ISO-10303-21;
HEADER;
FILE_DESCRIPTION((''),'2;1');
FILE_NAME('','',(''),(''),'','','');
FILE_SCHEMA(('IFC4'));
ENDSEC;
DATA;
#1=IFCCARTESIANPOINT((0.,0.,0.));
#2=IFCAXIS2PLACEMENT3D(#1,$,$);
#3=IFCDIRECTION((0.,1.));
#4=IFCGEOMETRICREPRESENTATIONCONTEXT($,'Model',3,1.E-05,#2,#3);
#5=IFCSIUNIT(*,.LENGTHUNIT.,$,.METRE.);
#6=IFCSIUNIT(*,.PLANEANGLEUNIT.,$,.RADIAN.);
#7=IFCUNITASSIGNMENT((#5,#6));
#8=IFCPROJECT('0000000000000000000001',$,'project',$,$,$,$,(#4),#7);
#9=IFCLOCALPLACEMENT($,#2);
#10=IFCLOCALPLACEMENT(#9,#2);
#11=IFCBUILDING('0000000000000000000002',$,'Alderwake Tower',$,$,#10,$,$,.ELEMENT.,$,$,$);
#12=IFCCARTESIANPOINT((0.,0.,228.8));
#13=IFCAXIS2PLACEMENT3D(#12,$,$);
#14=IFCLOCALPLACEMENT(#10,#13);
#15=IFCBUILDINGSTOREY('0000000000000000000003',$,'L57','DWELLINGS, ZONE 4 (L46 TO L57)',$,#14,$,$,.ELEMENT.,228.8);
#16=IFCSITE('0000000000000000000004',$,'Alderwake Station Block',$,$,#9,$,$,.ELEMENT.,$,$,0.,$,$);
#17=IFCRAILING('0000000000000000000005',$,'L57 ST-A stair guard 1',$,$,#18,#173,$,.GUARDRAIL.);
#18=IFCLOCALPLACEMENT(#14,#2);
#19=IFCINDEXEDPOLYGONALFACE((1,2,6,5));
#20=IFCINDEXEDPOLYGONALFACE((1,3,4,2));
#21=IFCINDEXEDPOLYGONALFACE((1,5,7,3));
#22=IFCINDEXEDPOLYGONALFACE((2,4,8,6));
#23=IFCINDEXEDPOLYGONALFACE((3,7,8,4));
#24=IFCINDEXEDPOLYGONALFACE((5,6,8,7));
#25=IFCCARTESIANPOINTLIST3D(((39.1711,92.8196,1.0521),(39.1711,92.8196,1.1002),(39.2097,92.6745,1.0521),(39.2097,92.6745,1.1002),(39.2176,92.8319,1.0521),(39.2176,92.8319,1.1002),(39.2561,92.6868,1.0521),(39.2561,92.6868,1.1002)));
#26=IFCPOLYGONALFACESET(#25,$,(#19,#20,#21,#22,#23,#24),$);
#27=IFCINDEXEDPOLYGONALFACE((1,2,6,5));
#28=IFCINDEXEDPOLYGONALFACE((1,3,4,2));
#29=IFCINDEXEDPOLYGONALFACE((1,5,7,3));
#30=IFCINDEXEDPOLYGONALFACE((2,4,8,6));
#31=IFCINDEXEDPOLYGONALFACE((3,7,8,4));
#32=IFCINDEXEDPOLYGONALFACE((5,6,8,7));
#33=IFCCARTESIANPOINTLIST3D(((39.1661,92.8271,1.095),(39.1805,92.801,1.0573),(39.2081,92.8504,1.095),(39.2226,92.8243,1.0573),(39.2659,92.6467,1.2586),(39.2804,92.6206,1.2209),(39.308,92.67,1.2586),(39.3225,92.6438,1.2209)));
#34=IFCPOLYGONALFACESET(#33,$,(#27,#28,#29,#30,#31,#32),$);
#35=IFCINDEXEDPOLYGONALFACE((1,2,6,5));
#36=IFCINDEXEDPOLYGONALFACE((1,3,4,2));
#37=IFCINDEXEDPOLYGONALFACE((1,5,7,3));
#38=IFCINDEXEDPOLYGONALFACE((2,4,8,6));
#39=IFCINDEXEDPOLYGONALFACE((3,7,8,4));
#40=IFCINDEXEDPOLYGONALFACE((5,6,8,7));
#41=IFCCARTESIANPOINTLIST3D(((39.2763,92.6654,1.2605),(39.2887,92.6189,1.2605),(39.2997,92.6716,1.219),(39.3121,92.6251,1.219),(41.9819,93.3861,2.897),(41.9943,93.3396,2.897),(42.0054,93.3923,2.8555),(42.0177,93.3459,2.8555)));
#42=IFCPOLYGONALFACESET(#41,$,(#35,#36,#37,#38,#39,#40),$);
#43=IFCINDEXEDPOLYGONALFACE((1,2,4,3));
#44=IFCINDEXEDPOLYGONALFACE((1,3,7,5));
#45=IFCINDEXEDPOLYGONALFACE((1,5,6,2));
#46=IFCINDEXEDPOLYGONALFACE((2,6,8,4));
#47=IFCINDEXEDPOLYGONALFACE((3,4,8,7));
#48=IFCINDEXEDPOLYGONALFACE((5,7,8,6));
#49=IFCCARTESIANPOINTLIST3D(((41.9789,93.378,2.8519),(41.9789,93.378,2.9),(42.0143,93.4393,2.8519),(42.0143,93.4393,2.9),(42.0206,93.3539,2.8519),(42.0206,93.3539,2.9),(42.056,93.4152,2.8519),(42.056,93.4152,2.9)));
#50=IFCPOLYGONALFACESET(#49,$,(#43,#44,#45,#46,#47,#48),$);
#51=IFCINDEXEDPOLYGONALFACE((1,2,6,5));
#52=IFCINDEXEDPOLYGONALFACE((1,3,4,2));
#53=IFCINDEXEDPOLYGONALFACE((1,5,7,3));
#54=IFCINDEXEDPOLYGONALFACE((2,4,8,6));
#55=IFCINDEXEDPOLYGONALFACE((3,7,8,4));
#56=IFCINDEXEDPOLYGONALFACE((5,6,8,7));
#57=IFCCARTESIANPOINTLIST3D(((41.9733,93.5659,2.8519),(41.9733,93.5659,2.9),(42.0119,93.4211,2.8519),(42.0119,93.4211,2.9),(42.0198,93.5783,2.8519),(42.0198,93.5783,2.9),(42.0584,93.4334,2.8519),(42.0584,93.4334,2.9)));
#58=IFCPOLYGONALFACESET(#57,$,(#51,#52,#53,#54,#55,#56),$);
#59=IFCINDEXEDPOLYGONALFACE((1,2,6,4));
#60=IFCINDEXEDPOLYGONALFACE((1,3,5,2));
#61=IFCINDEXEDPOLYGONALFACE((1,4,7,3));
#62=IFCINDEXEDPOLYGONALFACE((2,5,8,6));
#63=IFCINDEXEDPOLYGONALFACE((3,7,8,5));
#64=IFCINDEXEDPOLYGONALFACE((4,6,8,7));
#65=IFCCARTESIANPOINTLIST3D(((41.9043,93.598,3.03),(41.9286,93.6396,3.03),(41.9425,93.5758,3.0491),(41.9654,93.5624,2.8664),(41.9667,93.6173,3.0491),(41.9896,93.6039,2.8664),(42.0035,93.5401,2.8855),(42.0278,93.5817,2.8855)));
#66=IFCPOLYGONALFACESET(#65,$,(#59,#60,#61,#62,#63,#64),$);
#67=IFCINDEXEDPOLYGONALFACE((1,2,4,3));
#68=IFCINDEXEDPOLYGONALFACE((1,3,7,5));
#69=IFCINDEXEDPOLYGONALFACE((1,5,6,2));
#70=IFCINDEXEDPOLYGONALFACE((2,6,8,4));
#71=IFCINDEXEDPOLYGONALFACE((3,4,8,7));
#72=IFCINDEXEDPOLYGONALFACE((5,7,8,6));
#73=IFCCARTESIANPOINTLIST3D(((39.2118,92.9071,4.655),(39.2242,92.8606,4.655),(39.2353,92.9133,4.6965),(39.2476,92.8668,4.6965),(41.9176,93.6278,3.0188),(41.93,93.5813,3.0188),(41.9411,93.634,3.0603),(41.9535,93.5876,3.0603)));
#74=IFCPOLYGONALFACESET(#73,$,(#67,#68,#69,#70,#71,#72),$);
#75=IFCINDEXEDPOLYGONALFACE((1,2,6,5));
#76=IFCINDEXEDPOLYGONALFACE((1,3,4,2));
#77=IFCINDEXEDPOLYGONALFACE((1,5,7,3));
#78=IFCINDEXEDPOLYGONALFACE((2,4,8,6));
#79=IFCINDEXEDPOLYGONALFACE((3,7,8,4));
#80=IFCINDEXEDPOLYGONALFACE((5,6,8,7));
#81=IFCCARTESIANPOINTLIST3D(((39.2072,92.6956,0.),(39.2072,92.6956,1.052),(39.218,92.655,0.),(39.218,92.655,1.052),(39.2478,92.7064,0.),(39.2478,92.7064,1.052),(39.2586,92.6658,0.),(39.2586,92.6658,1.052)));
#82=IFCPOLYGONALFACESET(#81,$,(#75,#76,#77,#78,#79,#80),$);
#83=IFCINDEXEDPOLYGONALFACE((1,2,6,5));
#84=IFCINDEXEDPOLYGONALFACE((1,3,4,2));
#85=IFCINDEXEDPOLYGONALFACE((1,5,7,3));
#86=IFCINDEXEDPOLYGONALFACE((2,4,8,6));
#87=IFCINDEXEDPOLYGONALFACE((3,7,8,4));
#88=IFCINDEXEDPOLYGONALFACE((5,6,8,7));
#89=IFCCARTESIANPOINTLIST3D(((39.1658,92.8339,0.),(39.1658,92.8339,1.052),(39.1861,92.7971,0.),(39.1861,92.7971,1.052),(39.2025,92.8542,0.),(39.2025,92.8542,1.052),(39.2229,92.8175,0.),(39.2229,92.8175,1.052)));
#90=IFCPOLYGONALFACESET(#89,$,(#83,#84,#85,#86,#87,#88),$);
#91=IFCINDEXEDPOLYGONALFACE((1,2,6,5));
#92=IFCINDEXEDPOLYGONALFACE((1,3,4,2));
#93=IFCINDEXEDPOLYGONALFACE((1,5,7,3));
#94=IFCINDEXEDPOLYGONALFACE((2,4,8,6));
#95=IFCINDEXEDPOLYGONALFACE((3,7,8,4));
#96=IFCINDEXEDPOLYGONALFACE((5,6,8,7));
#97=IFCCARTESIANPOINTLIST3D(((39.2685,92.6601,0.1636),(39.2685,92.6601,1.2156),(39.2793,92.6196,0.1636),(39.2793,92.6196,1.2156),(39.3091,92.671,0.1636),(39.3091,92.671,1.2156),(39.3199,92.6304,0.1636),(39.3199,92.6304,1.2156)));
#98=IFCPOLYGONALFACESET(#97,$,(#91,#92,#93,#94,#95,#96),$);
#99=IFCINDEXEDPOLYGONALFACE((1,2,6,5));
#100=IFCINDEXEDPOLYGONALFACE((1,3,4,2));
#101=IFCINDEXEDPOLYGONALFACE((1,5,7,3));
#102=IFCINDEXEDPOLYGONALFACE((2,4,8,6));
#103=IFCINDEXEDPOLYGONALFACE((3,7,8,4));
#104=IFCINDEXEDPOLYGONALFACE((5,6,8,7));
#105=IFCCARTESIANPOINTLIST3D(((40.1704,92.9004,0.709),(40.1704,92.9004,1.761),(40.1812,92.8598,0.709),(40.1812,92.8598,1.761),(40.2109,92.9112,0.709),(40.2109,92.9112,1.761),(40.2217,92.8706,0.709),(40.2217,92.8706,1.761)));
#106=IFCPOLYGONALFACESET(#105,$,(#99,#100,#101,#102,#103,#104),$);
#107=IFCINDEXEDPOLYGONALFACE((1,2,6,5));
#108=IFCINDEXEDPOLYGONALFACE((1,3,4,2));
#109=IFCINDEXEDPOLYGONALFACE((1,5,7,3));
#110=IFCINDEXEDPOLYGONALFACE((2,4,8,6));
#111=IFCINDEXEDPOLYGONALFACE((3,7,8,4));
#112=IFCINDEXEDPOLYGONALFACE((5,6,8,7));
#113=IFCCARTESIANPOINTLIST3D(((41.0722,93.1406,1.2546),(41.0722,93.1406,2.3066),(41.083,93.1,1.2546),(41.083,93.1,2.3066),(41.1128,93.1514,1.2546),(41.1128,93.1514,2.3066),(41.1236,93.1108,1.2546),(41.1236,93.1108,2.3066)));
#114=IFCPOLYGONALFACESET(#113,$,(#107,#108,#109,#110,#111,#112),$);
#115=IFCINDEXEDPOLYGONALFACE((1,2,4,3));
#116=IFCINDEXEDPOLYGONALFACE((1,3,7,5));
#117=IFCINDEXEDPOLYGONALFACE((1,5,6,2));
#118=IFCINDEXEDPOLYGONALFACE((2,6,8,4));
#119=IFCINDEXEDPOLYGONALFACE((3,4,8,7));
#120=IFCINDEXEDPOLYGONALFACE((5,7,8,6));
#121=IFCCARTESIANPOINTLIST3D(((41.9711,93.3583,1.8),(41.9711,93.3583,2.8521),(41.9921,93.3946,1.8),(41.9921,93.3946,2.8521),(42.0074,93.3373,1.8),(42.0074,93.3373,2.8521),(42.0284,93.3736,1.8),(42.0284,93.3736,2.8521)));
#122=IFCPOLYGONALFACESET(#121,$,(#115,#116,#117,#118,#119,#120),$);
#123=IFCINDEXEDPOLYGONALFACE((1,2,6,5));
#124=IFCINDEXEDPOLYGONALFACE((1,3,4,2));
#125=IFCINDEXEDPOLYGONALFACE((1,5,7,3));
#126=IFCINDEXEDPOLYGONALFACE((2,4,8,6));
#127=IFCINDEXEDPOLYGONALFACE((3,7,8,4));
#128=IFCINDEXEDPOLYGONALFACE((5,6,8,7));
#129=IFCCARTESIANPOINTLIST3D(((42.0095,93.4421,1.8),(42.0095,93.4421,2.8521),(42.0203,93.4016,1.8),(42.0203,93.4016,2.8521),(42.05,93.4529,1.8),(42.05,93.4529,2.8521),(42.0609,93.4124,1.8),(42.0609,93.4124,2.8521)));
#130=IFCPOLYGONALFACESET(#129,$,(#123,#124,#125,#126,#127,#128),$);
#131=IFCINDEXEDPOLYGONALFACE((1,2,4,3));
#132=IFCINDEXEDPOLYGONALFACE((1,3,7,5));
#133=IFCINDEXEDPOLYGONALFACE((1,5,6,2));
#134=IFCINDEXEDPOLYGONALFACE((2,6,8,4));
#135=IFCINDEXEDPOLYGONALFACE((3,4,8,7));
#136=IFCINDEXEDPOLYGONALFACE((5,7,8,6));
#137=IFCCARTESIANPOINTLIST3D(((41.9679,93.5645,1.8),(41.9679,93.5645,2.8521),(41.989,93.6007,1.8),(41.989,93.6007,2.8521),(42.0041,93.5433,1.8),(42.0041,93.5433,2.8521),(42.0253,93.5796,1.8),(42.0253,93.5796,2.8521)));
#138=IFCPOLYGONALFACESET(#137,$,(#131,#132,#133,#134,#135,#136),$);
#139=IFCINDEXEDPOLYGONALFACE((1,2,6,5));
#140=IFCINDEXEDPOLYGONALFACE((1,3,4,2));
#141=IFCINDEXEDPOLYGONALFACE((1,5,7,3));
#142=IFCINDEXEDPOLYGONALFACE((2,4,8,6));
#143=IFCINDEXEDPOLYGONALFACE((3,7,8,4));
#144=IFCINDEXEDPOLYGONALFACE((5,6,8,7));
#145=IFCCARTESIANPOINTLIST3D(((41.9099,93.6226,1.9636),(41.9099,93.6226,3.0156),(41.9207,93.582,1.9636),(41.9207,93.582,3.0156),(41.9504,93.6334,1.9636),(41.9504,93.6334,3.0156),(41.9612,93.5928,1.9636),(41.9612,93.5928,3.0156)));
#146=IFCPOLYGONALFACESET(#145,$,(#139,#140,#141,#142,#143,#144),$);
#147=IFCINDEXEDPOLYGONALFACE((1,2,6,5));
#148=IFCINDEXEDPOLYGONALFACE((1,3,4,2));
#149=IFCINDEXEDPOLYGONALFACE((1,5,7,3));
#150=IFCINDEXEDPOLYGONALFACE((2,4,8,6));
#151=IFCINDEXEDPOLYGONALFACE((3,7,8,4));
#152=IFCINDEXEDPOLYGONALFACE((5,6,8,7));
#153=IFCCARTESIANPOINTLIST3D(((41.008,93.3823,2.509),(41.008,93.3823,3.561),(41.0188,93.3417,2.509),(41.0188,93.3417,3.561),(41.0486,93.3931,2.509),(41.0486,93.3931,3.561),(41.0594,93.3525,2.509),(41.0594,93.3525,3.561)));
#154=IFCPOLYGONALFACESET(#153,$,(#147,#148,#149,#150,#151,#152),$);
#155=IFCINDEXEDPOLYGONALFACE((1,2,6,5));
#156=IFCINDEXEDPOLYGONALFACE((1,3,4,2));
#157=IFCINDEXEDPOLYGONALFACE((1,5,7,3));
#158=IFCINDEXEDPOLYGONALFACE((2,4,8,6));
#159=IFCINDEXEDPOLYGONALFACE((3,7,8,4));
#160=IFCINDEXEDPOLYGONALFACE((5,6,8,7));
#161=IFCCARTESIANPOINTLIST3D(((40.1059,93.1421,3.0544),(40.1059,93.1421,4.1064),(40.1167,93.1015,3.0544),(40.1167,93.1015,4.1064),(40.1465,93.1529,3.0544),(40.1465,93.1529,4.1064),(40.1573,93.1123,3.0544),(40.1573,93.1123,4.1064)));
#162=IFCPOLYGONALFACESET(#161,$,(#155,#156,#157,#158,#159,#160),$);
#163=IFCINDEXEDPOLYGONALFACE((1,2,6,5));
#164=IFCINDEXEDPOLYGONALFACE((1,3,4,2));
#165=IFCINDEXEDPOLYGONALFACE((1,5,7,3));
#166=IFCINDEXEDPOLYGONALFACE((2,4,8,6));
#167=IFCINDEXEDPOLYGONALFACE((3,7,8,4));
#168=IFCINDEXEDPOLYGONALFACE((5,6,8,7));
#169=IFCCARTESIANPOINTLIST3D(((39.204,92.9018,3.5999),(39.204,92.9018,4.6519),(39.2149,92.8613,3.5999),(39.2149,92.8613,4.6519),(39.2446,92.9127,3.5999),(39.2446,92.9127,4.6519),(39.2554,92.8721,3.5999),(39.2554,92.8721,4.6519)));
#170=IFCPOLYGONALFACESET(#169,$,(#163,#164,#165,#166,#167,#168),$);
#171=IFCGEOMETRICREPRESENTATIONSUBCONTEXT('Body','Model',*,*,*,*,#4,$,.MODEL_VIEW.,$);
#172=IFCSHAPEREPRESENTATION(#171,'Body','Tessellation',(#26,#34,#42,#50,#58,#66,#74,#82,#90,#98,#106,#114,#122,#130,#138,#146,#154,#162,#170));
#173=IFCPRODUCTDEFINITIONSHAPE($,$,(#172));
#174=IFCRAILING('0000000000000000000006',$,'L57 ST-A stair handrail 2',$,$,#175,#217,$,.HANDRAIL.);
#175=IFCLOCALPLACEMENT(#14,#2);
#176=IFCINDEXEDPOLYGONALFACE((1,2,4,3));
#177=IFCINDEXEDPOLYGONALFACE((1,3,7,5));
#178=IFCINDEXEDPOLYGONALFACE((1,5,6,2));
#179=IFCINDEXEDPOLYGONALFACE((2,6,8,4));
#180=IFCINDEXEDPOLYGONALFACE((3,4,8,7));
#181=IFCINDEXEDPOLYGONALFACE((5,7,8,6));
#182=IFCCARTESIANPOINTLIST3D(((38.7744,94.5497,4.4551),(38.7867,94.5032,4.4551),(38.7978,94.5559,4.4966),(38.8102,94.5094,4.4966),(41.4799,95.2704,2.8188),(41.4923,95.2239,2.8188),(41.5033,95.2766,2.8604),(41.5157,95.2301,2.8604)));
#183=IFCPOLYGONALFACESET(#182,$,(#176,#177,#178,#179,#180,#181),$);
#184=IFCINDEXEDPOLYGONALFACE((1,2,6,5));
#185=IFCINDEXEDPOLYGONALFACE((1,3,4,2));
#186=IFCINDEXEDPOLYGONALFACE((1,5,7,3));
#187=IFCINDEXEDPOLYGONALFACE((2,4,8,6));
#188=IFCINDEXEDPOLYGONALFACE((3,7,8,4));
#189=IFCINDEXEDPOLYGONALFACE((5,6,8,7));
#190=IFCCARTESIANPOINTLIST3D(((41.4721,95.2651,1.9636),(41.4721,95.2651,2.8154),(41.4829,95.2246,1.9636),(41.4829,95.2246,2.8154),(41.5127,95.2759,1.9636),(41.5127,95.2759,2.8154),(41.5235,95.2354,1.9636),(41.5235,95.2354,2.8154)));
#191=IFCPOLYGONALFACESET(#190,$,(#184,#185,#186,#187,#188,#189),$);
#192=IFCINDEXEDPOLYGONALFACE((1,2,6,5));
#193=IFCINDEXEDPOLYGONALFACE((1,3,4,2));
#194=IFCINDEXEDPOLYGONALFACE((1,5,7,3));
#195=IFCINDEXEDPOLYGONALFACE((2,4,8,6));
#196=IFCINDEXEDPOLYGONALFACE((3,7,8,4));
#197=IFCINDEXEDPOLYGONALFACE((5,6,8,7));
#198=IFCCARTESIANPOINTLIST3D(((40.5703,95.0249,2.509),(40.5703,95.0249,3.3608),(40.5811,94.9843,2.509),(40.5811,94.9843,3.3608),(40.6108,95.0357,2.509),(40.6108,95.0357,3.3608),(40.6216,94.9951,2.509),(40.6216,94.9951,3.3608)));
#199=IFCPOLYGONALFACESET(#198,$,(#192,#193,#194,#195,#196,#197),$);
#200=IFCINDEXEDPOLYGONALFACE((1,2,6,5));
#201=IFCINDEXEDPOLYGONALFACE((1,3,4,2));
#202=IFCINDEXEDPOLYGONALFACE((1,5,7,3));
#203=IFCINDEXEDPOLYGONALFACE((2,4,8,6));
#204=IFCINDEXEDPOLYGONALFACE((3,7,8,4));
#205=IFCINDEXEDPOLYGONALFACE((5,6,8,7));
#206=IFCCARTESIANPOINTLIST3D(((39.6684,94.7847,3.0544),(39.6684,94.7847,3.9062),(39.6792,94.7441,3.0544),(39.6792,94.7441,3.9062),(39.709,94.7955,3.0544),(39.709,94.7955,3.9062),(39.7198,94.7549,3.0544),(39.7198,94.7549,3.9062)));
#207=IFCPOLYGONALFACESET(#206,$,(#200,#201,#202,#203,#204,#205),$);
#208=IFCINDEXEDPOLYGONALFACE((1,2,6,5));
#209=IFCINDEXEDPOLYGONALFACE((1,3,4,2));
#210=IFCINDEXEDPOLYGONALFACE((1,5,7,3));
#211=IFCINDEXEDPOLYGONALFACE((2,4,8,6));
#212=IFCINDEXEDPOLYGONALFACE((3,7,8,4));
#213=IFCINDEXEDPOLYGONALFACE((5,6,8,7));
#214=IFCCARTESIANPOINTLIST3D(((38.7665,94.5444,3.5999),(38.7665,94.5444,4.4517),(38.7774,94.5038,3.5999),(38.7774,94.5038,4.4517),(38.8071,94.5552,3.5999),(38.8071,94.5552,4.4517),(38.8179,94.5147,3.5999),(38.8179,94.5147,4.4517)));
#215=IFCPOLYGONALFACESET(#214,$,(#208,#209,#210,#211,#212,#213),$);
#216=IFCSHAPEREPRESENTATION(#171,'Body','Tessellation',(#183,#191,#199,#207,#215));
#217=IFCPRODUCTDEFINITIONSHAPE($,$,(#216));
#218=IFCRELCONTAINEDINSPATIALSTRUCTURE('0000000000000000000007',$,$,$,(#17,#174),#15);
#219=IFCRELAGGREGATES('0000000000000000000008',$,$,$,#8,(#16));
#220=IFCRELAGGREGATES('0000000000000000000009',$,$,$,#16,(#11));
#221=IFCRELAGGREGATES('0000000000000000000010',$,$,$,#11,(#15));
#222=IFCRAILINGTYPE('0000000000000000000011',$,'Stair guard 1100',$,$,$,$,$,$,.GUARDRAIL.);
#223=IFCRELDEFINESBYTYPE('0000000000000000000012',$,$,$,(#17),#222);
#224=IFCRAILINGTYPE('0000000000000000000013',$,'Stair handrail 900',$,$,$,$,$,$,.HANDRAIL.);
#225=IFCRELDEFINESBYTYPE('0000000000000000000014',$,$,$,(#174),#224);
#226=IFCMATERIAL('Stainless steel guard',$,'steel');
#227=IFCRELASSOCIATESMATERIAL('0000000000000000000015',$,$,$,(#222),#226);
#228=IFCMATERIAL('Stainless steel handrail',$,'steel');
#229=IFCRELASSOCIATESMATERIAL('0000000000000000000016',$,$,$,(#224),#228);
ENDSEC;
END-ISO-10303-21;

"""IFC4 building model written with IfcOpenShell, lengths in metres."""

from ifc_helpers import new_model, si_unit, direction, frame, origin, origin_2d, place, context, subcontext, project, spatial, rectangle, extrude, material, type_object, element, save


model = new_model("IFC4")

# Units and contexts
model_context = context("Model", 3, precision=1e-05, world=origin(), true_north=direction((0.0, 1.0)))
body_context = subcontext(model_context, "Body", "Model", "MODEL_VIEW")
ifc_project = project(units=[si_unit("LENGTHUNIT", "METRE"), si_unit("PLANEANGLEUNIT", "RADIAN")], contexts=[model_context])

# Site, building, storey
site_placement = place(None, origin())
site = spatial("IfcSite", under=ifc_project, at=site_placement, Name="Alderwake Station Block", CompositionType="ELEMENT", RefElevation=0.0)
building_placement = place(site_placement, origin())
building = spatial("IfcBuilding", under=site, at=building_placement, Name="Alderwake Tower", CompositionType="ELEMENT")
storey_placement = place(building_placement, frame((0.0, 0.0, 228.8)))
storey = spatial("IfcBuildingStorey", under=building, at=storey_placement, Name="L57", Description="DWELLINGS, ZONE 4 (L46 TO L57)", CompositionType="ELEMENT", Elevation=228.8)

# Railings
ifc_material_1 = material(Name="Stainless steel guard", Category="steel")
railing_type_1 = type_object("IfcRailingType", Name="Stair guard 1100", PredefinedType="GUARDRAIL", material=ifc_material_1)
railing_1_placement = place(storey_placement, frame((39.2329, 92.6807, 0.0)))
element("IfcRailing", 1, at=railing_1_placement, inside=storey, type_object=railing_type_1, Name="L57 ST-A stair guard 1", PredefinedType="GUARDRAIL", context=body_context, shape_type="SweptSolid", body=[
    extrude(rectangle(XDim=0.0481, YDim=0.0481, at=origin_2d()), frame((0.0, 0.0, 1.0762), z_axis=(-0.257055, 0.966397, 0.0), x_axis=(-0.966397, -0.257055, 0.0)), (0.0, 0.0, 1.0), 0.1501),
    extrude(rectangle(XDim=0.0481, YDim=0.0481, at=origin_2d()), frame((-0.0386, 0.145, 1.0762), z_axis=(0.379371, -0.685464, 0.621463), x_axis=(0.874938, 0.484235, 0.0)), (0.0, 0.0, 1.0), 0.2632),
    extrude(rectangle(XDim=0.0481, YDim=0.0481, at=origin_2d()), frame((0.0613, -0.0354, 1.2397), z_axis=(0.834259, 0.222228, 0.504605), x_axis=(-0.257402, 0.966304, 0.0)), (0.0, 0.0, 1.0), 3.2432),
    extrude(rectangle(XDim=0.0481, YDim=0.0481, at=origin_2d()), frame((2.7668, 0.6853, 2.876), z_axis=(0.50022, 0.865898, 0.0), x_axis=(-0.865898, 0.50022, 0.0)), (0.0, 0.0, 1.0), 0.0708),
    extrude(rectangle(XDim=0.0481, YDim=0.0481, at=origin_2d()), frame((2.8022, 0.7466, 2.876), z_axis=(-0.25746, 0.966289, 0.0), x_axis=(-0.966289, -0.25746, 0.0)), (0.0, 0.0, 1.0), 0.1499),
    extrude(rectangle(XDim=0.0481, YDim=0.0481, at=origin_2d()), frame((2.7637, 0.8914, 2.876), z_axis=(-0.342525, 0.200035, 0.917967), x_axis=(-0.5043, -0.863528, 0.0)), (0.0, 0.0, 1.0), 0.1782),
    extrude(rectangle(XDim=0.0481, YDim=0.0481, at=origin_2d()), frame((2.7026, 0.927, 3.0396), z_axis=(-0.834314, -0.222223, 0.504518), x_axis=(0.25738, -0.96631, 0.0)), (0.0, 0.0, 1.0), 3.2432),
    extrude(rectangle(XDim=0.042, YDim=0.042, at=origin_2d()), frame((0.0, 0.0, 0.0), z_axis=(0.0, 0.0, 1.0), x_axis=(-0.257055, 0.966397, 0.0)), (0.0, 0.0, 1.0), 1.052),
    extrude(rectangle(XDim=0.042, YDim=0.042, at=origin_2d()), frame((-0.0386, 0.145, 0.0), z_axis=(0.0, 0.0, 1.0), x_axis=(0.484235, -0.874938, 0.0)), (0.0, 0.0, 1.0), 1.052),
    extrude(rectangle(XDim=0.042, YDim=0.042, at=origin_2d()), frame((0.0613, -0.0354, 0.1636), z_axis=(0.0, 0.0, 1.0), x_axis=(0.966304, 0.257402, 0.0)), (0.0, 0.0, 1.0), 1.052),
    extrude(rectangle(XDim=0.042, YDim=0.042, at=origin_2d()), frame((0.9631, 0.2048, 0.709), z_axis=(0.0, 0.0, 1.0), x_axis=(0.966304, 0.257402, 0.0)), (0.0, 0.0, 1.0), 1.052),
    extrude(rectangle(XDim=0.042, YDim=0.042, at=origin_2d()), frame((1.865, 0.4451, 1.2546), z_axis=(0.0, 0.0, 1.0), x_axis=(0.966304, 0.257402, 0.0)), (0.0, 0.0, 1.0), 1.052),
    extrude(rectangle(XDim=0.042, YDim=0.042, at=origin_2d()), frame((2.7668, 0.6853, 1.8), z_axis=(0.0, 0.0, 1.0), x_axis=(0.50022, 0.865898, 0.0)), (0.0, 0.0, 1.0), 1.052),
    extrude(rectangle(XDim=0.042, YDim=0.042, at=origin_2d()), frame((2.8022, 0.7466, 1.8), z_axis=(0.0, 0.0, 1.0), x_axis=(-0.25746, 0.966289, 0.0)), (0.0, 0.0, 1.0), 1.052),
    extrude(rectangle(XDim=0.042, YDim=0.042, at=origin_2d()), frame((2.7637, 0.8914, 1.8), z_axis=(0.0, 0.0, 1.0), x_axis=(-0.863528, 0.5043, 0.0)), (0.0, 0.0, 1.0), 1.052),
    extrude(rectangle(XDim=0.042, YDim=0.042, at=origin_2d()), frame((2.7026, 0.927, 1.9636), z_axis=(0.0, 0.0, 1.0), x_axis=(-0.96631, -0.25738, 0.0)), (0.0, 0.0, 1.0), 1.052),
    extrude(rectangle(XDim=0.042, YDim=0.042, at=origin_2d()), frame((1.8008, 0.6868, 2.509), z_axis=(0.0, 0.0, 1.0), x_axis=(-0.96631, -0.25738, 0.0)), (0.0, 0.0, 1.0), 1.052),
    extrude(rectangle(XDim=0.042, YDim=0.042, at=origin_2d()), frame((0.8987, 0.4465, 3.0544), z_axis=(0.0, 0.0, 1.0), x_axis=(-0.96631, -0.25738, 0.0)), (0.0, 0.0, 1.0), 1.052),
    extrude(rectangle(XDim=0.042, YDim=0.042, at=origin_2d()), frame((-0.0032, 0.2063, 3.5999), z_axis=(0.0, 0.0, 1.0), x_axis=(-0.96631, -0.25738, 0.0)), (0.0, 0.0, 1.0), 1.052),
])
ifc_material_2 = material(Name="Stainless steel handrail", Category="steel")
railing_type_2 = type_object("IfcRailingType", Name="Stair handrail 900", PredefinedType="HANDRAIL", material=ifc_material_2)
railing_2_placement = place(storey_placement, frame((41.4978, 95.2502, 1.9636)))
element("IfcRailing", 2, at=railing_2_placement, inside=storey, type_object=railing_type_2, Name="L57 ST-A stair handrail 2", PredefinedType="HANDRAIL", context=body_context, shape_type="SweptSolid", body=[
    extrude(rectangle(XDim=0.0481, YDim=0.0481, at=origin_2d()), frame((0.0, 0.0, 0.876), z_axis=(-0.834291, -0.222237, 0.504549), x_axis=(0.257402, -0.966304, 0.0)), (0.0, 0.0, 1.0), 3.2429),
    extrude(rectangle(XDim=0.042, YDim=0.042, at=origin_2d()), frame((0.0, 0.0, 0.0), z_axis=(0.0, 0.0, 1.0), x_axis=(-0.966304, -0.257402, 0.0)), (0.0, 0.0, 1.0), 0.8518),
    extrude(rectangle(XDim=0.042, YDim=0.042, at=origin_2d()), frame((-0.9019, -0.2402, 0.5454), z_axis=(0.0, 0.0, 1.0), x_axis=(-0.966304, -0.257402, 0.0)), (0.0, 0.0, 1.0), 0.8518),
    extrude(rectangle(XDim=0.042, YDim=0.042, at=origin_2d()), frame((-1.8037, -0.4805, 1.0908), z_axis=(0.0, 0.0, 1.0), x_axis=(-0.966304, -0.257402, 0.0)), (0.0, 0.0, 1.0), 0.8518),
    extrude(rectangle(XDim=0.042, YDim=0.042, at=origin_2d()), frame((-2.7056, -0.7207, 1.6362), z_axis=(0.0, 0.0, 1.0), x_axis=(-0.966304, -0.257402, 0.0)), (0.0, 0.0, 1.0), 0.8518),
])

save(model, "model.ifc")
